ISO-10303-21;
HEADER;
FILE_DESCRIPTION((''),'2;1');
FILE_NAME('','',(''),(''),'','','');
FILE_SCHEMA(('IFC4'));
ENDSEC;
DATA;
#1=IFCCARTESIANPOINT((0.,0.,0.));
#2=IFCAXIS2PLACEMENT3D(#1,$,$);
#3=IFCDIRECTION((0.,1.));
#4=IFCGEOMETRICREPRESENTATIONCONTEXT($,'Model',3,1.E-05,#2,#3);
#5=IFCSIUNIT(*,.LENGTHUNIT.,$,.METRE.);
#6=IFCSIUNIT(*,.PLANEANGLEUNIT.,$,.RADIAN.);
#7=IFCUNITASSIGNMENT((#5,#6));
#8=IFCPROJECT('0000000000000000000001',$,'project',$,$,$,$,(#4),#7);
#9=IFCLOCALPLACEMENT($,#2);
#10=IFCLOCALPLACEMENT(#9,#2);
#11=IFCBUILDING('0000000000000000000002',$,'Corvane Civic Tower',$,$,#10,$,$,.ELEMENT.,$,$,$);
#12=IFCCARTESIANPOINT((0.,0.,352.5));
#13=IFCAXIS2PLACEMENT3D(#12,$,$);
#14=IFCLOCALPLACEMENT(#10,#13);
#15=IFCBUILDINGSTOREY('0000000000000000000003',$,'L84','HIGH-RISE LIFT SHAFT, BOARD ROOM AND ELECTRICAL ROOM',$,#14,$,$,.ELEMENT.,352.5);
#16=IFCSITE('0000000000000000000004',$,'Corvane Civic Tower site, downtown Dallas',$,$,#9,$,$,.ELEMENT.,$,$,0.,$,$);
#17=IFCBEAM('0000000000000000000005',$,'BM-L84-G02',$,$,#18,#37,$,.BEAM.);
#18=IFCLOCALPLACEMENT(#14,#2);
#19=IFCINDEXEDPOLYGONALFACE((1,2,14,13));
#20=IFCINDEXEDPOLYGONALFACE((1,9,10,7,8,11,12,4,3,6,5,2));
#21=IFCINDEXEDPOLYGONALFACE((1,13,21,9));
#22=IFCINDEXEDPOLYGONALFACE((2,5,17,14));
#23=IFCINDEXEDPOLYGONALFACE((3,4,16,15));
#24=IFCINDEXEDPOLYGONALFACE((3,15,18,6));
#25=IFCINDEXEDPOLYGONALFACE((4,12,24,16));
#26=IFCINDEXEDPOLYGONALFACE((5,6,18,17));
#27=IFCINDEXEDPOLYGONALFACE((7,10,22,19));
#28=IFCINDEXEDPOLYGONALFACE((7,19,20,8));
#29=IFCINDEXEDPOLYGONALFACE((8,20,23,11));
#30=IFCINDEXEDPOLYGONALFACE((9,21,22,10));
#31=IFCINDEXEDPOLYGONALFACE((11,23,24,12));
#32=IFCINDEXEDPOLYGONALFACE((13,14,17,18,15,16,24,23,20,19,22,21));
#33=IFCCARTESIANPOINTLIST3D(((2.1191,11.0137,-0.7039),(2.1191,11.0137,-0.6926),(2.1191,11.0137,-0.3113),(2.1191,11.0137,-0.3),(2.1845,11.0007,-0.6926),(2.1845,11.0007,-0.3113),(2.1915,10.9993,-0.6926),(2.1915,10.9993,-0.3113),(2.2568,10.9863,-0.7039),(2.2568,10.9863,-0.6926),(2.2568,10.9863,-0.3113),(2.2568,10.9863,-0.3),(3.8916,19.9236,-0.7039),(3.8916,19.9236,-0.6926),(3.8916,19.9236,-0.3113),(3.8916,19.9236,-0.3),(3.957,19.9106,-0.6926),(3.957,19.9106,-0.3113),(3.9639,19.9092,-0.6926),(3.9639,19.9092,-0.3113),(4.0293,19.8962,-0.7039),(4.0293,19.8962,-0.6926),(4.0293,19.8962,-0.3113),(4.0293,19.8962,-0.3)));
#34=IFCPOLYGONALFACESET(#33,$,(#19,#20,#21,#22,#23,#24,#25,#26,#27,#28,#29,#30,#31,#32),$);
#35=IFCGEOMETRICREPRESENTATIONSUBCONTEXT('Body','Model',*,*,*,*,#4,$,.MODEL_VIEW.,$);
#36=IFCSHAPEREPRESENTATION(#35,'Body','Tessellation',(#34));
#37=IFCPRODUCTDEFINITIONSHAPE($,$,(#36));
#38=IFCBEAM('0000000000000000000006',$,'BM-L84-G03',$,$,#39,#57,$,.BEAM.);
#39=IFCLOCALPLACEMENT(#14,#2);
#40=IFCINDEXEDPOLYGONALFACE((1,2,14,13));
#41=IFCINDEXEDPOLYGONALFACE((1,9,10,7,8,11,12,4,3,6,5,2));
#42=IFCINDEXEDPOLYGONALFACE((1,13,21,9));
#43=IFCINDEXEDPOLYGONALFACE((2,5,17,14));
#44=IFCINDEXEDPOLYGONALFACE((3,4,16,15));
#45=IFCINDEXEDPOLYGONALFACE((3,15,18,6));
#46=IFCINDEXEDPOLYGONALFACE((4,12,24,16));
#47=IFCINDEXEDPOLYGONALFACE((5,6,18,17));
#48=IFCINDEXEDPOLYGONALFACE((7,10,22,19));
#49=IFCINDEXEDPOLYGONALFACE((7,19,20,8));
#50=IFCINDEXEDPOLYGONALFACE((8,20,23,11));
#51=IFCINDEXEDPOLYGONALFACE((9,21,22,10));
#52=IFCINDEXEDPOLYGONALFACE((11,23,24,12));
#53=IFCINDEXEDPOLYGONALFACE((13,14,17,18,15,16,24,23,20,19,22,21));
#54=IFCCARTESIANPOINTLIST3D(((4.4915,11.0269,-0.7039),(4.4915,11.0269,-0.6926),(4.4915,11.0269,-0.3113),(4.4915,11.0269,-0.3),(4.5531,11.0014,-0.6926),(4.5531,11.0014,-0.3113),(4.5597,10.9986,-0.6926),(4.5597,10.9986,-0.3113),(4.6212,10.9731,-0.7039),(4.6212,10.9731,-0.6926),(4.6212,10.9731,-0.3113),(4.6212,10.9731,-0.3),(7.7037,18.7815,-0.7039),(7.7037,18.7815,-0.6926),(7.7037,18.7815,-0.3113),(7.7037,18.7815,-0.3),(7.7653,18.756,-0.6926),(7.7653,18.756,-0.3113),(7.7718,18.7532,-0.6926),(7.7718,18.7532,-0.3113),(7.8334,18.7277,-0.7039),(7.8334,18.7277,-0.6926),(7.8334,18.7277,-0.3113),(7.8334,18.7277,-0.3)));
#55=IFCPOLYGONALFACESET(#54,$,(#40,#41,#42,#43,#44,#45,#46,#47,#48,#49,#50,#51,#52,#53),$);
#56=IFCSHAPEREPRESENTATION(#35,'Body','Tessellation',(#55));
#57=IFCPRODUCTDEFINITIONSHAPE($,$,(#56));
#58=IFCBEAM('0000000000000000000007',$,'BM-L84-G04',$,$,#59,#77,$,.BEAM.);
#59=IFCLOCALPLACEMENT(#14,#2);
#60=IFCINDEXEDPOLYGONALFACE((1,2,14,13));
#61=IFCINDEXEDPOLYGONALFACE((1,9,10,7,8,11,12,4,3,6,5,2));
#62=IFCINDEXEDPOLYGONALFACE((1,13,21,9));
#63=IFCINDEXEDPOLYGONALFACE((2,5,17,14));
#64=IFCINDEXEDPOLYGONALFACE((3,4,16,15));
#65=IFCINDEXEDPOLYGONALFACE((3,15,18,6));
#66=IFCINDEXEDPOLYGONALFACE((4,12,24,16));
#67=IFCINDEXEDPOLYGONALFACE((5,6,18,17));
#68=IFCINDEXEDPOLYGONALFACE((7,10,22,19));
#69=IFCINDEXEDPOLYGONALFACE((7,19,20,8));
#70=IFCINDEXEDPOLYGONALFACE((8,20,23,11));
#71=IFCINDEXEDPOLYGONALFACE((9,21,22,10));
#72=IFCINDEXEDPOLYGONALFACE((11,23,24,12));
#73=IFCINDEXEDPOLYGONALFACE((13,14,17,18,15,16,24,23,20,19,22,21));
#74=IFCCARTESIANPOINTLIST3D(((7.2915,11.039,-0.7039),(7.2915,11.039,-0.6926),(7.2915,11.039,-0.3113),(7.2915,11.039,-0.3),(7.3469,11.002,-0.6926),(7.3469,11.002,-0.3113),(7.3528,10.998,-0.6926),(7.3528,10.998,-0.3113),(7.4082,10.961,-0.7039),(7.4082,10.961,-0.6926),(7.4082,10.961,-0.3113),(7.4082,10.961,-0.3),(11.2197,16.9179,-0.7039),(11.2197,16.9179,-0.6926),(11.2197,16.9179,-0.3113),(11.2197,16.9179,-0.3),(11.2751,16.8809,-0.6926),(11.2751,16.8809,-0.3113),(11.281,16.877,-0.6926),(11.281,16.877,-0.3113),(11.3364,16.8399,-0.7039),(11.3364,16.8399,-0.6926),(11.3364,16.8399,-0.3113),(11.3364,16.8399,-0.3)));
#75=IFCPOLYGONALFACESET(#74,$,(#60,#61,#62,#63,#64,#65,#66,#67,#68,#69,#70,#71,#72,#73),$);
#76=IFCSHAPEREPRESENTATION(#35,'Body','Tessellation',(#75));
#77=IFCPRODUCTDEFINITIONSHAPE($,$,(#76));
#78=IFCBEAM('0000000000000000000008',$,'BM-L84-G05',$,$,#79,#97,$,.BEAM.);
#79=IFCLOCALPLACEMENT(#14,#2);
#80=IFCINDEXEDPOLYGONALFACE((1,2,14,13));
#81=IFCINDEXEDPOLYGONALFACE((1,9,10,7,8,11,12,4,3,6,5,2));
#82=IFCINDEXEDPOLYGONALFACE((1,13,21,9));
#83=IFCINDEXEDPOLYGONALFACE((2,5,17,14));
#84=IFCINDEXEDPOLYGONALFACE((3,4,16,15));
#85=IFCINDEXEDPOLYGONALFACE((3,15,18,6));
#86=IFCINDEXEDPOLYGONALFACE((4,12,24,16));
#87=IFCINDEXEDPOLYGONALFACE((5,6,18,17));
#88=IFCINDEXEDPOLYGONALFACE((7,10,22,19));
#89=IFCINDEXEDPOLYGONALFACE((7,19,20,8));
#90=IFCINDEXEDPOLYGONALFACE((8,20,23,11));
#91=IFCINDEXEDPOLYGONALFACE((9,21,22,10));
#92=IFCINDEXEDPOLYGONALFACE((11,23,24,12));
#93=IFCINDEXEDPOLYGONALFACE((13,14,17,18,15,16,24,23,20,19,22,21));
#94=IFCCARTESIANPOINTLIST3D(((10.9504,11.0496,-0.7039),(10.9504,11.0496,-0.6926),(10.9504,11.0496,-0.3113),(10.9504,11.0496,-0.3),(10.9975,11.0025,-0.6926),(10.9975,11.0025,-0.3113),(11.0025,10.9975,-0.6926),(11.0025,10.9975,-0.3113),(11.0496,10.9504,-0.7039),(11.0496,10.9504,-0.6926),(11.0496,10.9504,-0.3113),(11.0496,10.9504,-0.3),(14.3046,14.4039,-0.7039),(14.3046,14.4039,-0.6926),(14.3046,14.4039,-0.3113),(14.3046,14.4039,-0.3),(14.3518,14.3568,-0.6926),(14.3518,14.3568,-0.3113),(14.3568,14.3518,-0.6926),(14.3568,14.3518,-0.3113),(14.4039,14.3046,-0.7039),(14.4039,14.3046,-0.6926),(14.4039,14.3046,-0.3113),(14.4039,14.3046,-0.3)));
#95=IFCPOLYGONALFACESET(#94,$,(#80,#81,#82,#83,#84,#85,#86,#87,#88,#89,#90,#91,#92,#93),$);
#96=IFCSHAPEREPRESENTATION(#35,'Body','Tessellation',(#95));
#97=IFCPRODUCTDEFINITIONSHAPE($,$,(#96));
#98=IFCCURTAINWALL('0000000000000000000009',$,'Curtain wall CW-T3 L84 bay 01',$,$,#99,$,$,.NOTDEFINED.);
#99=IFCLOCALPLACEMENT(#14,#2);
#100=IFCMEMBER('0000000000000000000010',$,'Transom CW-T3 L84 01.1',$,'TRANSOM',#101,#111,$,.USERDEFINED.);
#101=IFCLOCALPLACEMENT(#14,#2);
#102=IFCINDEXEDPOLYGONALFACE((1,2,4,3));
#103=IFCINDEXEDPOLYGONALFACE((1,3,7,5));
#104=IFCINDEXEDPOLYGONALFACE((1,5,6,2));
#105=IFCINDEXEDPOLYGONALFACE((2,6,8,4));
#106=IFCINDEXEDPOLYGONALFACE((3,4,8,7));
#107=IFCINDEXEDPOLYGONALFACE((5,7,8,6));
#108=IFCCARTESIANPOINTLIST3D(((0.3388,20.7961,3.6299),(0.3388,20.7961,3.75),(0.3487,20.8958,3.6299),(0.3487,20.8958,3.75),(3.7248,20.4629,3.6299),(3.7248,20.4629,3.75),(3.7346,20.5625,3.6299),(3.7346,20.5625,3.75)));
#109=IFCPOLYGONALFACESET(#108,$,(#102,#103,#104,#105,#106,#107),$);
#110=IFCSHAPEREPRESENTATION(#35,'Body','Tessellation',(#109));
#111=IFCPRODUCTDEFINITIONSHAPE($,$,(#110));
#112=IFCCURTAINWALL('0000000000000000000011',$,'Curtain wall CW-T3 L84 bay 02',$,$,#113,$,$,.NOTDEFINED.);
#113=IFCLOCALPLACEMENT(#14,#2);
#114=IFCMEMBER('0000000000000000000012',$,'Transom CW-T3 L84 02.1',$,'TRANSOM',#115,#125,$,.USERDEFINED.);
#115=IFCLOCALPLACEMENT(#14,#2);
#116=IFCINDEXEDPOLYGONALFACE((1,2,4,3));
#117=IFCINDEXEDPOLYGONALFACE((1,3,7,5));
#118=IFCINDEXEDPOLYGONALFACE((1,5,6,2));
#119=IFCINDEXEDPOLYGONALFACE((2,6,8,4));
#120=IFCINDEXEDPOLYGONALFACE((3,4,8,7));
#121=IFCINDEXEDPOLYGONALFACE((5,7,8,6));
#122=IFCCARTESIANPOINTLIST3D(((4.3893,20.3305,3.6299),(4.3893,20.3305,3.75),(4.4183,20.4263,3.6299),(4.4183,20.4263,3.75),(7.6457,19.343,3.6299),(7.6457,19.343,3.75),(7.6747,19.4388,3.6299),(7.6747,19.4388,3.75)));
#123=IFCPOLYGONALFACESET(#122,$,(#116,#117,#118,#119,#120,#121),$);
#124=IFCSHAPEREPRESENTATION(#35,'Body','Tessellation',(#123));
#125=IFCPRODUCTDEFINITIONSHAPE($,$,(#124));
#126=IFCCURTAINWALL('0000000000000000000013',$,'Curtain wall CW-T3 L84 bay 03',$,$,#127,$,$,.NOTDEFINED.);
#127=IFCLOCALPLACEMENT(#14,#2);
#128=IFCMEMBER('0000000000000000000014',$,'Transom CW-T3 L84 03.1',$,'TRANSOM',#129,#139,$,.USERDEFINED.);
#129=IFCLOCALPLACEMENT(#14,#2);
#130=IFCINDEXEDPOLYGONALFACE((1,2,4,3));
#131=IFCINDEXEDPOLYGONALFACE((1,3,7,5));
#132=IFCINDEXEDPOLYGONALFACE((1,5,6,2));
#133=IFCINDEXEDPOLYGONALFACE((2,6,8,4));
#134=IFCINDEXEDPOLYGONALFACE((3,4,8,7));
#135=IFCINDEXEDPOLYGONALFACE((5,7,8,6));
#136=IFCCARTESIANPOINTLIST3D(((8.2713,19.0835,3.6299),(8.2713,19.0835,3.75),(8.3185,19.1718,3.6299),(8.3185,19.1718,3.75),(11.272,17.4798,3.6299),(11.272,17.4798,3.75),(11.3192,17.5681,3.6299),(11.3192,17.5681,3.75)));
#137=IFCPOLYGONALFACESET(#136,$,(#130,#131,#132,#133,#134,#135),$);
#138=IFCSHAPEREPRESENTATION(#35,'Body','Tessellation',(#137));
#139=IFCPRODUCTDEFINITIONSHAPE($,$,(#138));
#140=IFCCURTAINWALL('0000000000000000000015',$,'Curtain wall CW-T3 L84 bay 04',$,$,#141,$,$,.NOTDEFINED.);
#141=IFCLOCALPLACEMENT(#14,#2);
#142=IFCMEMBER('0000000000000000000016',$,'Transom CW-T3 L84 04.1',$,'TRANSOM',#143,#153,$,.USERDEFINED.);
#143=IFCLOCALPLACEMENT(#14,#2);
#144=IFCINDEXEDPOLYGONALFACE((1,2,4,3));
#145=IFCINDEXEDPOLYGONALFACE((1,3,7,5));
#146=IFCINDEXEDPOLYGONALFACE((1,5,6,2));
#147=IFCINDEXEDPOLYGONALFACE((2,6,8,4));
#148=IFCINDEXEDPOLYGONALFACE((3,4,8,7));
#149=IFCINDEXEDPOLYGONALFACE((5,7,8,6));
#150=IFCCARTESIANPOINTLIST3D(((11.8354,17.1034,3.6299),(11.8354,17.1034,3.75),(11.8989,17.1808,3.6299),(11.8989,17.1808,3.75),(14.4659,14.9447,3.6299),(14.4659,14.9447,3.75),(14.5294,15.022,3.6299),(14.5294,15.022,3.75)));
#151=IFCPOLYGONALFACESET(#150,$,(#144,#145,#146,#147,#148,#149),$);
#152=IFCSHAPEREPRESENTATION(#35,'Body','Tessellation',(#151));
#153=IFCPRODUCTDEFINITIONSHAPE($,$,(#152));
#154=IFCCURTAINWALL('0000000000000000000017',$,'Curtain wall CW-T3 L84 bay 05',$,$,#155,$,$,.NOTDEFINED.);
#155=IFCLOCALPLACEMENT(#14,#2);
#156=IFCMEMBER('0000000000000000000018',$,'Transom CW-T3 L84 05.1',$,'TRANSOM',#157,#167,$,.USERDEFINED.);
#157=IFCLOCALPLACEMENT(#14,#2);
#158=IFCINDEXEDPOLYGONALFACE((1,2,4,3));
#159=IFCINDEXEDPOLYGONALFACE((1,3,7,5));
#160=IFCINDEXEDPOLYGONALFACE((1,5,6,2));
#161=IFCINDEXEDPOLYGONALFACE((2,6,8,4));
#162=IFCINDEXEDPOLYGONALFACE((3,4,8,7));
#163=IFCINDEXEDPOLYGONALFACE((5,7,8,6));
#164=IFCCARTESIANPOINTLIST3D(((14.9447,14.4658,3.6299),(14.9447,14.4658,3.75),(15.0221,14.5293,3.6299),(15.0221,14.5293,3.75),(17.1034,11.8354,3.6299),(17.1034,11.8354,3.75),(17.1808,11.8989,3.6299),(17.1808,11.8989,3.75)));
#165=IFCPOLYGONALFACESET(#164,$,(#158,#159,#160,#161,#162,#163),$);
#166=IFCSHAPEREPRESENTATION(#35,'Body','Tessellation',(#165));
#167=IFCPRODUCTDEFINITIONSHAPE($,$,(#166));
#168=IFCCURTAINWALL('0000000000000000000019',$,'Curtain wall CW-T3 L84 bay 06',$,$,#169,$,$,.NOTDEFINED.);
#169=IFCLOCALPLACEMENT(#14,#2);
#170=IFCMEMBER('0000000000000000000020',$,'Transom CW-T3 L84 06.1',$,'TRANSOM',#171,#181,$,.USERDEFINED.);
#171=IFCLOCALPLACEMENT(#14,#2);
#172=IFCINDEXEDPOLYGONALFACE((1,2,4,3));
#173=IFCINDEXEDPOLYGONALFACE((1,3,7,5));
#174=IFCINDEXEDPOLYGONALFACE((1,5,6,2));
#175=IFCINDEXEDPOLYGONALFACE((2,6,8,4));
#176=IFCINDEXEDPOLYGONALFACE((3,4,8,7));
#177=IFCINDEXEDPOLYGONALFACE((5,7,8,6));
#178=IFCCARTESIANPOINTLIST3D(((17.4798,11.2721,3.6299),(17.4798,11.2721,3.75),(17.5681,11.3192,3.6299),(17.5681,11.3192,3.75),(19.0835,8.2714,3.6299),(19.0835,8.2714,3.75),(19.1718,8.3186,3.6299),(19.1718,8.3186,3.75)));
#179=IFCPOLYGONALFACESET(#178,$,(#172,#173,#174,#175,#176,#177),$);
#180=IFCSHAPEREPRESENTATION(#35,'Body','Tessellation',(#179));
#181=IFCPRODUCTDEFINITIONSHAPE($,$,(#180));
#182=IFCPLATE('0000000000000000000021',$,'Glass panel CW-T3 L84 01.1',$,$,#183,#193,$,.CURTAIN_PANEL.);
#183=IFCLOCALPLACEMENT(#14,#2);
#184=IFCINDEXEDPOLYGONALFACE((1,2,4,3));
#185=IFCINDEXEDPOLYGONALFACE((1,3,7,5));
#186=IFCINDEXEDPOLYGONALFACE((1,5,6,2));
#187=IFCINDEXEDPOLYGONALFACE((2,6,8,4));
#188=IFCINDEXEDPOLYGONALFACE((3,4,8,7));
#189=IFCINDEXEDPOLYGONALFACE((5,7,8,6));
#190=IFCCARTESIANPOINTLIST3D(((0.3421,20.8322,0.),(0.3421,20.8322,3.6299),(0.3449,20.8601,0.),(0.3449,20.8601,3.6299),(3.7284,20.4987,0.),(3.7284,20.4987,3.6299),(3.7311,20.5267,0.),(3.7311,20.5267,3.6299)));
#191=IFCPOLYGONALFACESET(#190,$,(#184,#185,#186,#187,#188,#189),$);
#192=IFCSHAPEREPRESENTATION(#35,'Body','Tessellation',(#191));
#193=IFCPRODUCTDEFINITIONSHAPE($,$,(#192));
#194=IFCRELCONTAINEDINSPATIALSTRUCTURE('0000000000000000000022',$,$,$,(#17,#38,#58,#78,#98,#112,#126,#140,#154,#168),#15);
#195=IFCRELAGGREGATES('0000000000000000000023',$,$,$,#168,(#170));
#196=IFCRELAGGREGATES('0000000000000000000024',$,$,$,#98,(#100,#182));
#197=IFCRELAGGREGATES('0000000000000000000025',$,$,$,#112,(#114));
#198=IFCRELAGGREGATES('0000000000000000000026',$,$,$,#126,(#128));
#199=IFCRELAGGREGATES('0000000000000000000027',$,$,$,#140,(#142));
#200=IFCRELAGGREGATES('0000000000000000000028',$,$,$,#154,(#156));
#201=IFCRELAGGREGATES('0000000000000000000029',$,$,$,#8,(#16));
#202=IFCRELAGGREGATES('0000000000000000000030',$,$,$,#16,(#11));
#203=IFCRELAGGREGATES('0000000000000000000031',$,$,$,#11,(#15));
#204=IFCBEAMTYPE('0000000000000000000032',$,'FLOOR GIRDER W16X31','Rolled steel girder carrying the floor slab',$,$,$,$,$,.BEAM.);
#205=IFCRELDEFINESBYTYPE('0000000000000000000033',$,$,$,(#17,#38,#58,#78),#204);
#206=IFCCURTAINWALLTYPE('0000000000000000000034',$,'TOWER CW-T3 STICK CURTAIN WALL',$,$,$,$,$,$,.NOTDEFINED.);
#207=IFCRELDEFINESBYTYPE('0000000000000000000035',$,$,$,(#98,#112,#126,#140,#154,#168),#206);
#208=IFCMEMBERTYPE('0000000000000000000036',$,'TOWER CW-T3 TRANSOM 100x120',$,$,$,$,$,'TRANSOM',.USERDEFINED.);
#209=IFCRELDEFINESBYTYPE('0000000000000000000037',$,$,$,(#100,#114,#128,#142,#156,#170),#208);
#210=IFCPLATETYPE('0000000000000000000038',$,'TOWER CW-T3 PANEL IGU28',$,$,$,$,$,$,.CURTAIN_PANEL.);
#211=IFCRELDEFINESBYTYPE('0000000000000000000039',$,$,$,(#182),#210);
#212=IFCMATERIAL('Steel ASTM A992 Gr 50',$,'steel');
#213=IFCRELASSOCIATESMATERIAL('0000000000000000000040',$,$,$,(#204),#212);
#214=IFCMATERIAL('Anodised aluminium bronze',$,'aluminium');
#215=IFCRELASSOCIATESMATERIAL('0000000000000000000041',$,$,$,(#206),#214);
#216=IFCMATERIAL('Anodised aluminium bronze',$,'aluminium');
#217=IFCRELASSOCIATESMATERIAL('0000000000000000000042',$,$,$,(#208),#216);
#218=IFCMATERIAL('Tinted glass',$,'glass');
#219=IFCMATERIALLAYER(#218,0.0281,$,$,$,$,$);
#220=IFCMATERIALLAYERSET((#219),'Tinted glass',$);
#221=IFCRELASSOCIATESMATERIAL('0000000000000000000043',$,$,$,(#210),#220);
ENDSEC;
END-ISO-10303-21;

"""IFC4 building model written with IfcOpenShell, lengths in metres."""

from ifc_helpers import new_model, si_unit, direction, frame, origin, origin_2d, place, context, subcontext, project, spatial, rectangle, i_section, extrude, material, layer, layer_set, material_profile, profile_set, type_object, element, aggregate, save


model = new_model("IFC4")

# Units and contexts
model_context = context("Model", 3, precision=1e-05, world=origin(), true_north=direction((0.0, 1.0)))
body_context = subcontext(model_context, "Body", "Model", "MODEL_VIEW")
ifc_project = project(units=[si_unit("LENGTHUNIT", "METRE"), si_unit("PLANEANGLEUNIT", "RADIAN")], contexts=[model_context])

# Site, building, storey
site_placement = place(None, origin())
site = spatial("IfcSite", under=ifc_project, at=site_placement, Name="Corvane Civic Tower site, downtown Dallas", CompositionType="ELEMENT", RefElevation=0.0)
building_placement = place(site_placement, origin())
building = spatial("IfcBuilding", under=site, at=building_placement, Name="Corvane Civic Tower", CompositionType="ELEMENT")
storey_placement = place(building_placement, frame((0.0, 0.0, 352.5)))
storey = spatial("IfcBuildingStorey", under=building, at=storey_placement, Name="L84", Description="HIGH-RISE LIFT SHAFT, BOARD ROOM AND ELECTRICAL ROOM", CompositionType="ELEMENT", Elevation=352.5)

# Beams
ifc_material_1 = material(Name="Steel ASTM A992 Gr 50", Category="steel")
ifc_material_profile_1 = material_profile(ifc_material_1, i_section(OverallWidth=0.1404, OverallDepth=0.4038, WebThickness=0.0071, FlangeThickness=0.0112, at=origin_2d()), Name="W16X31")
ifc_profile_set_1 = profile_set([ifc_material_profile_1], Name="Steel ASTM A992 Gr 50")
beam_type_1 = type_object("IfcBeamType", Name="FLOOR GIRDER W16X31", Description="Rolled steel girder carrying the floor slab", PredefinedType="BEAM", material=ifc_profile_set_1)
beam_1_placement = place(storey_placement, frame((2.188, 11.0, -0.502), z_axis=(0.195108, 0.980782, 0.0), x_axis=(-0.980782, 0.195108, 0.0)))
element("IfcBeam", 1, at=beam_1_placement, inside=storey, type_object=beam_type_1, Name="BM-L84-G02", PredefinedType="BEAM", context=body_context, shape_type="SweptSolid", body=[
    extrude(i_section(OverallWidth=0.1404, OverallDepth=0.4038, WebThickness=0.0071, FlangeThickness=0.0112, at=origin_2d()), origin(), (0.0, 0.0, 1.0), 9.0845),
])
beam_2_placement = place(storey_placement, frame((4.5564, 11.0, -0.502), z_axis=(0.382692, 0.923876, 0.0), x_axis=(-0.923876, 0.382692, 0.0)))
element("IfcBeam", 2, at=beam_2_placement, inside=storey, type_object=beam_type_1, Name="BM-L84-G03", PredefinedType="BEAM", context=body_context, shape_type="SweptSolid", body=[
    extrude(i_section(OverallWidth=0.1404, OverallDepth=0.4038, WebThickness=0.0071, FlangeThickness=0.0112, at=origin_2d()), origin(), (0.0, 0.0, 1.0), 8.3936),
])
beam_3_placement = place(storey_placement, frame((7.3499, 11.0, -0.502), z_axis=(0.555576, 0.831465, 0.0), x_axis=(-0.831465, 0.555576, 0.0)))
element("IfcBeam", 3, at=beam_3_placement, inside=storey, type_object=beam_type_1, Name="BM-L84-G04", PredefinedType="BEAM", context=body_context, shape_type="SweptSolid", body=[
    extrude(i_section(OverallWidth=0.1404, OverallDepth=0.4038, WebThickness=0.0071, FlangeThickness=0.0112, at=origin_2d()), origin(), (0.0, 0.0, 1.0), 7.0706),
])
beam_4_placement = place(storey_placement, frame((11.0, 11.0, -0.502), z_axis=(0.707107, 0.707107, 0.0), x_axis=(-0.707107, 0.707107, 0.0)))
element("IfcBeam", 4, at=beam_4_placement, inside=storey, type_object=beam_type_1, Name="BM-L84-G05", PredefinedType="BEAM", context=body_context, shape_type="SweptSolid", body=[
    extrude(i_section(OverallWidth=0.1404, OverallDepth=0.4038, WebThickness=0.0071, FlangeThickness=0.0112, at=origin_2d()), origin(), (0.0, 0.0, 1.0), 4.7437),
])

# Curtain walls, members
ifc_material_2 = material(Name="Anodised aluminium bronze", Category="aluminium")
curtain_wall_type = type_object("IfcCurtainWallType", Name="TOWER CW-T3 STICK CURTAIN WALL", PredefinedType="NOTDEFINED", material=ifc_material_2)
curtain_wall_1_placement = place(storey_placement, origin())
curtain_wall_1 = element("IfcCurtainWall", 5, at=curtain_wall_1_placement, inside=storey, type_object=curtain_wall_type, Name="Curtain wall CW-T3 L84 bay 01", PredefinedType="NOTDEFINED")
ifc_material_3 = material(Name="Anodised aluminium bronze", Category="aluminium")
ifc_material_profile_2 = material_profile(ifc_material_3, rectangle(XDim=0.1001, YDim=0.1201, at=origin_2d()), Name="TOWER CW-T3 TRANSOM 100x120")
ifc_profile_set_2 = profile_set([ifc_material_profile_2], Name="Anodised aluminium bronze")
member_type = type_object("IfcMemberType", Name="TOWER CW-T3 TRANSOM 100x120", ElementType="TRANSOM", PredefinedType="USERDEFINED", material=ifc_profile_set_2)
member_1_placement = place(storey_placement, frame((0.3438, 20.8459, 3.6899), z_axis=(0.995192, -0.097948, 0.0), x_axis=(0.097948, 0.995192, 0.0)))
member_1 = element("IfcMember", 6, at=member_1_placement, type_object=member_type, Name="Transom CW-T3 L84 01.1", ObjectType="TRANSOM", PredefinedType="USERDEFINED", context=body_context, shape_type="SweptSolid", body=[
    extrude(rectangle(XDim=0.1001, YDim=0.1201, at=origin_2d()), origin(), (0.0, 0.0, 1.0), 3.4023),
])
curtain_wall_2_placement = place(storey_placement, origin())
curtain_wall_2 = element("IfcCurtainWall", 7, at=curtain_wall_2_placement, inside=storey, type_object=curtain_wall_type, Name="Curtain wall CW-T3 L84 bay 02", PredefinedType="NOTDEFINED")
member_2_placement = place(storey_placement, frame((4.4038, 20.3784, 3.6899), z_axis=(0.956961, -0.290216, 0.0), x_axis=(0.290216, 0.956961, 0.0)))
member_2 = element("IfcMember", 8, at=member_2_placement, type_object=member_type, Name="Transom CW-T3 L84 02.1", ObjectType="TRANSOM", PredefinedType="USERDEFINED", context=body_context, shape_type="SweptSolid", body=[
    extrude(rectangle(XDim=0.1001, YDim=0.1201, at=origin_2d()), origin(), (0.0, 0.0, 1.0), 3.4028),
])
curtain_wall_3_placement = place(storey_placement, origin())
curtain_wall_3 = element("IfcCurtainWall", 9, at=curtain_wall_3_placement, inside=storey, type_object=curtain_wall_type, Name="Curtain wall CW-T3 L84 bay 03", PredefinedType="NOTDEFINED")
member_3_placement = place(storey_placement, frame((8.2949, 19.1277, 3.6899), z_axis=(0.881941, -0.471359, 0.0), x_axis=(0.471359, 0.881941, 0.0)))
member_3 = element("IfcMember", 10, at=member_3_placement, type_object=member_type, Name="Transom CW-T3 L84 03.1", ObjectType="TRANSOM", PredefinedType="USERDEFINED", context=body_context, shape_type="SweptSolid", body=[
    extrude(rectangle(XDim=0.1001, YDim=0.1201, at=origin_2d()), origin(), (0.0, 0.0, 1.0), 3.4023),
])
curtain_wall_4_placement = place(storey_placement, origin())
curtain_wall_4 = element("IfcCurtainWall", 11, at=curtain_wall_4_placement, inside=storey, type_object=curtain_wall_type, Name="Curtain wall CW-T3 L84 bay 04", PredefinedType="NOTDEFINED")
member_4_placement = place(storey_placement, frame((11.8672, 17.1421, 3.6899), z_axis=(0.77301, -0.634394, 0.0), x_axis=(0.634394, 0.77301, 0.0)))
member_4 = element("IfcMember", 12, at=member_4_placement, type_object=member_type, Name="Transom CW-T3 L84 04.1", ObjectType="TRANSOM", PredefinedType="USERDEFINED", context=body_context, shape_type="SweptSolid", body=[
    extrude(rectangle(XDim=0.1001, YDim=0.1201, at=origin_2d()), origin(), (0.0, 0.0, 1.0), 3.4028),
])
curtain_wall_5_placement = place(storey_placement, origin())
curtain_wall_5 = element("IfcCurtainWall", 13, at=curtain_wall_5_placement, inside=storey, type_object=curtain_wall_type, Name="Curtain wall CW-T3 L84 bay 05", PredefinedType="NOTDEFINED")
member_5_placement = place(storey_placement, frame((14.9834, 14.4976, 3.6899), z_axis=(0.634394, -0.77301, 0.0), x_axis=(0.77301, 0.634394, 0.0)))
member_5 = element("IfcMember", 14, at=member_5_placement, type_object=member_type, Name="Transom CW-T3 L84 05.1", ObjectType="TRANSOM", PredefinedType="USERDEFINED", context=body_context, shape_type="SweptSolid", body=[
    extrude(rectangle(XDim=0.1001, YDim=0.1201, at=origin_2d()), origin(), (0.0, 0.0, 1.0), 3.4028),
])
curtain_wall_6_placement = place(storey_placement, origin())
curtain_wall_6 = element("IfcCurtainWall", 15, at=curtain_wall_6_placement, inside=storey, type_object=curtain_wall_type, Name="Curtain wall CW-T3 L84 bay 06", PredefinedType="NOTDEFINED")
member_6_placement = place(storey_placement, frame((17.5239, 11.2957, 3.6899), z_axis=(0.471359, -0.881941, 0.0), x_axis=(0.881941, 0.471359, 0.0)))
member_6 = element("IfcMember", 16, at=member_6_placement, type_object=member_type, Name="Transom CW-T3 L84 06.1", ObjectType="TRANSOM", PredefinedType="USERDEFINED", context=body_context, shape_type="SweptSolid", body=[
    extrude(rectangle(XDim=0.1001, YDim=0.1201, at=origin_2d()), origin(), (0.0, 0.0, 1.0), 3.4023),
])
aggregate(curtain_wall_6, [member_6])

# Plate
ifc_material_4 = material(Name="Tinted glass", Category="glass")
ifc_layer_1 = layer(ifc_material_4, 0.0281)
ifc_layer_set_1 = layer_set([ifc_layer_1], Name="Tinted glass")
plate_type = type_object("IfcPlateType", Name="TOWER CW-T3 PANEL IGU28", PredefinedType="CURTAIN_PANEL", material=ifc_layer_set_1)
plate_1_placement = place(storey_placement, frame((2.0366, 20.6794, 0.0), z_axis=(0.0, 0.0, 1.0), x_axis=(0.995187, -0.097998, 0.0)))
plate_1 = element("IfcPlate", 17, at=plate_1_placement, type_object=plate_type, Name="Glass panel CW-T3 L84 01.1", PredefinedType="CURTAIN_PANEL", context=body_context, shape_type="SweptSolid", body=[
    extrude(rectangle(XDim=3.4026, YDim=0.0281, at=origin_2d()), origin(), (0.0, 0.0, 1.0), 3.6299),
])
aggregate(curtain_wall_1, [member_1, plate_1])
aggregate(curtain_wall_2, [member_2])
aggregate(curtain_wall_3, [member_3])
aggregate(curtain_wall_4, [member_4])
aggregate(curtain_wall_5, [member_5])

save(model, "model.ifc")
